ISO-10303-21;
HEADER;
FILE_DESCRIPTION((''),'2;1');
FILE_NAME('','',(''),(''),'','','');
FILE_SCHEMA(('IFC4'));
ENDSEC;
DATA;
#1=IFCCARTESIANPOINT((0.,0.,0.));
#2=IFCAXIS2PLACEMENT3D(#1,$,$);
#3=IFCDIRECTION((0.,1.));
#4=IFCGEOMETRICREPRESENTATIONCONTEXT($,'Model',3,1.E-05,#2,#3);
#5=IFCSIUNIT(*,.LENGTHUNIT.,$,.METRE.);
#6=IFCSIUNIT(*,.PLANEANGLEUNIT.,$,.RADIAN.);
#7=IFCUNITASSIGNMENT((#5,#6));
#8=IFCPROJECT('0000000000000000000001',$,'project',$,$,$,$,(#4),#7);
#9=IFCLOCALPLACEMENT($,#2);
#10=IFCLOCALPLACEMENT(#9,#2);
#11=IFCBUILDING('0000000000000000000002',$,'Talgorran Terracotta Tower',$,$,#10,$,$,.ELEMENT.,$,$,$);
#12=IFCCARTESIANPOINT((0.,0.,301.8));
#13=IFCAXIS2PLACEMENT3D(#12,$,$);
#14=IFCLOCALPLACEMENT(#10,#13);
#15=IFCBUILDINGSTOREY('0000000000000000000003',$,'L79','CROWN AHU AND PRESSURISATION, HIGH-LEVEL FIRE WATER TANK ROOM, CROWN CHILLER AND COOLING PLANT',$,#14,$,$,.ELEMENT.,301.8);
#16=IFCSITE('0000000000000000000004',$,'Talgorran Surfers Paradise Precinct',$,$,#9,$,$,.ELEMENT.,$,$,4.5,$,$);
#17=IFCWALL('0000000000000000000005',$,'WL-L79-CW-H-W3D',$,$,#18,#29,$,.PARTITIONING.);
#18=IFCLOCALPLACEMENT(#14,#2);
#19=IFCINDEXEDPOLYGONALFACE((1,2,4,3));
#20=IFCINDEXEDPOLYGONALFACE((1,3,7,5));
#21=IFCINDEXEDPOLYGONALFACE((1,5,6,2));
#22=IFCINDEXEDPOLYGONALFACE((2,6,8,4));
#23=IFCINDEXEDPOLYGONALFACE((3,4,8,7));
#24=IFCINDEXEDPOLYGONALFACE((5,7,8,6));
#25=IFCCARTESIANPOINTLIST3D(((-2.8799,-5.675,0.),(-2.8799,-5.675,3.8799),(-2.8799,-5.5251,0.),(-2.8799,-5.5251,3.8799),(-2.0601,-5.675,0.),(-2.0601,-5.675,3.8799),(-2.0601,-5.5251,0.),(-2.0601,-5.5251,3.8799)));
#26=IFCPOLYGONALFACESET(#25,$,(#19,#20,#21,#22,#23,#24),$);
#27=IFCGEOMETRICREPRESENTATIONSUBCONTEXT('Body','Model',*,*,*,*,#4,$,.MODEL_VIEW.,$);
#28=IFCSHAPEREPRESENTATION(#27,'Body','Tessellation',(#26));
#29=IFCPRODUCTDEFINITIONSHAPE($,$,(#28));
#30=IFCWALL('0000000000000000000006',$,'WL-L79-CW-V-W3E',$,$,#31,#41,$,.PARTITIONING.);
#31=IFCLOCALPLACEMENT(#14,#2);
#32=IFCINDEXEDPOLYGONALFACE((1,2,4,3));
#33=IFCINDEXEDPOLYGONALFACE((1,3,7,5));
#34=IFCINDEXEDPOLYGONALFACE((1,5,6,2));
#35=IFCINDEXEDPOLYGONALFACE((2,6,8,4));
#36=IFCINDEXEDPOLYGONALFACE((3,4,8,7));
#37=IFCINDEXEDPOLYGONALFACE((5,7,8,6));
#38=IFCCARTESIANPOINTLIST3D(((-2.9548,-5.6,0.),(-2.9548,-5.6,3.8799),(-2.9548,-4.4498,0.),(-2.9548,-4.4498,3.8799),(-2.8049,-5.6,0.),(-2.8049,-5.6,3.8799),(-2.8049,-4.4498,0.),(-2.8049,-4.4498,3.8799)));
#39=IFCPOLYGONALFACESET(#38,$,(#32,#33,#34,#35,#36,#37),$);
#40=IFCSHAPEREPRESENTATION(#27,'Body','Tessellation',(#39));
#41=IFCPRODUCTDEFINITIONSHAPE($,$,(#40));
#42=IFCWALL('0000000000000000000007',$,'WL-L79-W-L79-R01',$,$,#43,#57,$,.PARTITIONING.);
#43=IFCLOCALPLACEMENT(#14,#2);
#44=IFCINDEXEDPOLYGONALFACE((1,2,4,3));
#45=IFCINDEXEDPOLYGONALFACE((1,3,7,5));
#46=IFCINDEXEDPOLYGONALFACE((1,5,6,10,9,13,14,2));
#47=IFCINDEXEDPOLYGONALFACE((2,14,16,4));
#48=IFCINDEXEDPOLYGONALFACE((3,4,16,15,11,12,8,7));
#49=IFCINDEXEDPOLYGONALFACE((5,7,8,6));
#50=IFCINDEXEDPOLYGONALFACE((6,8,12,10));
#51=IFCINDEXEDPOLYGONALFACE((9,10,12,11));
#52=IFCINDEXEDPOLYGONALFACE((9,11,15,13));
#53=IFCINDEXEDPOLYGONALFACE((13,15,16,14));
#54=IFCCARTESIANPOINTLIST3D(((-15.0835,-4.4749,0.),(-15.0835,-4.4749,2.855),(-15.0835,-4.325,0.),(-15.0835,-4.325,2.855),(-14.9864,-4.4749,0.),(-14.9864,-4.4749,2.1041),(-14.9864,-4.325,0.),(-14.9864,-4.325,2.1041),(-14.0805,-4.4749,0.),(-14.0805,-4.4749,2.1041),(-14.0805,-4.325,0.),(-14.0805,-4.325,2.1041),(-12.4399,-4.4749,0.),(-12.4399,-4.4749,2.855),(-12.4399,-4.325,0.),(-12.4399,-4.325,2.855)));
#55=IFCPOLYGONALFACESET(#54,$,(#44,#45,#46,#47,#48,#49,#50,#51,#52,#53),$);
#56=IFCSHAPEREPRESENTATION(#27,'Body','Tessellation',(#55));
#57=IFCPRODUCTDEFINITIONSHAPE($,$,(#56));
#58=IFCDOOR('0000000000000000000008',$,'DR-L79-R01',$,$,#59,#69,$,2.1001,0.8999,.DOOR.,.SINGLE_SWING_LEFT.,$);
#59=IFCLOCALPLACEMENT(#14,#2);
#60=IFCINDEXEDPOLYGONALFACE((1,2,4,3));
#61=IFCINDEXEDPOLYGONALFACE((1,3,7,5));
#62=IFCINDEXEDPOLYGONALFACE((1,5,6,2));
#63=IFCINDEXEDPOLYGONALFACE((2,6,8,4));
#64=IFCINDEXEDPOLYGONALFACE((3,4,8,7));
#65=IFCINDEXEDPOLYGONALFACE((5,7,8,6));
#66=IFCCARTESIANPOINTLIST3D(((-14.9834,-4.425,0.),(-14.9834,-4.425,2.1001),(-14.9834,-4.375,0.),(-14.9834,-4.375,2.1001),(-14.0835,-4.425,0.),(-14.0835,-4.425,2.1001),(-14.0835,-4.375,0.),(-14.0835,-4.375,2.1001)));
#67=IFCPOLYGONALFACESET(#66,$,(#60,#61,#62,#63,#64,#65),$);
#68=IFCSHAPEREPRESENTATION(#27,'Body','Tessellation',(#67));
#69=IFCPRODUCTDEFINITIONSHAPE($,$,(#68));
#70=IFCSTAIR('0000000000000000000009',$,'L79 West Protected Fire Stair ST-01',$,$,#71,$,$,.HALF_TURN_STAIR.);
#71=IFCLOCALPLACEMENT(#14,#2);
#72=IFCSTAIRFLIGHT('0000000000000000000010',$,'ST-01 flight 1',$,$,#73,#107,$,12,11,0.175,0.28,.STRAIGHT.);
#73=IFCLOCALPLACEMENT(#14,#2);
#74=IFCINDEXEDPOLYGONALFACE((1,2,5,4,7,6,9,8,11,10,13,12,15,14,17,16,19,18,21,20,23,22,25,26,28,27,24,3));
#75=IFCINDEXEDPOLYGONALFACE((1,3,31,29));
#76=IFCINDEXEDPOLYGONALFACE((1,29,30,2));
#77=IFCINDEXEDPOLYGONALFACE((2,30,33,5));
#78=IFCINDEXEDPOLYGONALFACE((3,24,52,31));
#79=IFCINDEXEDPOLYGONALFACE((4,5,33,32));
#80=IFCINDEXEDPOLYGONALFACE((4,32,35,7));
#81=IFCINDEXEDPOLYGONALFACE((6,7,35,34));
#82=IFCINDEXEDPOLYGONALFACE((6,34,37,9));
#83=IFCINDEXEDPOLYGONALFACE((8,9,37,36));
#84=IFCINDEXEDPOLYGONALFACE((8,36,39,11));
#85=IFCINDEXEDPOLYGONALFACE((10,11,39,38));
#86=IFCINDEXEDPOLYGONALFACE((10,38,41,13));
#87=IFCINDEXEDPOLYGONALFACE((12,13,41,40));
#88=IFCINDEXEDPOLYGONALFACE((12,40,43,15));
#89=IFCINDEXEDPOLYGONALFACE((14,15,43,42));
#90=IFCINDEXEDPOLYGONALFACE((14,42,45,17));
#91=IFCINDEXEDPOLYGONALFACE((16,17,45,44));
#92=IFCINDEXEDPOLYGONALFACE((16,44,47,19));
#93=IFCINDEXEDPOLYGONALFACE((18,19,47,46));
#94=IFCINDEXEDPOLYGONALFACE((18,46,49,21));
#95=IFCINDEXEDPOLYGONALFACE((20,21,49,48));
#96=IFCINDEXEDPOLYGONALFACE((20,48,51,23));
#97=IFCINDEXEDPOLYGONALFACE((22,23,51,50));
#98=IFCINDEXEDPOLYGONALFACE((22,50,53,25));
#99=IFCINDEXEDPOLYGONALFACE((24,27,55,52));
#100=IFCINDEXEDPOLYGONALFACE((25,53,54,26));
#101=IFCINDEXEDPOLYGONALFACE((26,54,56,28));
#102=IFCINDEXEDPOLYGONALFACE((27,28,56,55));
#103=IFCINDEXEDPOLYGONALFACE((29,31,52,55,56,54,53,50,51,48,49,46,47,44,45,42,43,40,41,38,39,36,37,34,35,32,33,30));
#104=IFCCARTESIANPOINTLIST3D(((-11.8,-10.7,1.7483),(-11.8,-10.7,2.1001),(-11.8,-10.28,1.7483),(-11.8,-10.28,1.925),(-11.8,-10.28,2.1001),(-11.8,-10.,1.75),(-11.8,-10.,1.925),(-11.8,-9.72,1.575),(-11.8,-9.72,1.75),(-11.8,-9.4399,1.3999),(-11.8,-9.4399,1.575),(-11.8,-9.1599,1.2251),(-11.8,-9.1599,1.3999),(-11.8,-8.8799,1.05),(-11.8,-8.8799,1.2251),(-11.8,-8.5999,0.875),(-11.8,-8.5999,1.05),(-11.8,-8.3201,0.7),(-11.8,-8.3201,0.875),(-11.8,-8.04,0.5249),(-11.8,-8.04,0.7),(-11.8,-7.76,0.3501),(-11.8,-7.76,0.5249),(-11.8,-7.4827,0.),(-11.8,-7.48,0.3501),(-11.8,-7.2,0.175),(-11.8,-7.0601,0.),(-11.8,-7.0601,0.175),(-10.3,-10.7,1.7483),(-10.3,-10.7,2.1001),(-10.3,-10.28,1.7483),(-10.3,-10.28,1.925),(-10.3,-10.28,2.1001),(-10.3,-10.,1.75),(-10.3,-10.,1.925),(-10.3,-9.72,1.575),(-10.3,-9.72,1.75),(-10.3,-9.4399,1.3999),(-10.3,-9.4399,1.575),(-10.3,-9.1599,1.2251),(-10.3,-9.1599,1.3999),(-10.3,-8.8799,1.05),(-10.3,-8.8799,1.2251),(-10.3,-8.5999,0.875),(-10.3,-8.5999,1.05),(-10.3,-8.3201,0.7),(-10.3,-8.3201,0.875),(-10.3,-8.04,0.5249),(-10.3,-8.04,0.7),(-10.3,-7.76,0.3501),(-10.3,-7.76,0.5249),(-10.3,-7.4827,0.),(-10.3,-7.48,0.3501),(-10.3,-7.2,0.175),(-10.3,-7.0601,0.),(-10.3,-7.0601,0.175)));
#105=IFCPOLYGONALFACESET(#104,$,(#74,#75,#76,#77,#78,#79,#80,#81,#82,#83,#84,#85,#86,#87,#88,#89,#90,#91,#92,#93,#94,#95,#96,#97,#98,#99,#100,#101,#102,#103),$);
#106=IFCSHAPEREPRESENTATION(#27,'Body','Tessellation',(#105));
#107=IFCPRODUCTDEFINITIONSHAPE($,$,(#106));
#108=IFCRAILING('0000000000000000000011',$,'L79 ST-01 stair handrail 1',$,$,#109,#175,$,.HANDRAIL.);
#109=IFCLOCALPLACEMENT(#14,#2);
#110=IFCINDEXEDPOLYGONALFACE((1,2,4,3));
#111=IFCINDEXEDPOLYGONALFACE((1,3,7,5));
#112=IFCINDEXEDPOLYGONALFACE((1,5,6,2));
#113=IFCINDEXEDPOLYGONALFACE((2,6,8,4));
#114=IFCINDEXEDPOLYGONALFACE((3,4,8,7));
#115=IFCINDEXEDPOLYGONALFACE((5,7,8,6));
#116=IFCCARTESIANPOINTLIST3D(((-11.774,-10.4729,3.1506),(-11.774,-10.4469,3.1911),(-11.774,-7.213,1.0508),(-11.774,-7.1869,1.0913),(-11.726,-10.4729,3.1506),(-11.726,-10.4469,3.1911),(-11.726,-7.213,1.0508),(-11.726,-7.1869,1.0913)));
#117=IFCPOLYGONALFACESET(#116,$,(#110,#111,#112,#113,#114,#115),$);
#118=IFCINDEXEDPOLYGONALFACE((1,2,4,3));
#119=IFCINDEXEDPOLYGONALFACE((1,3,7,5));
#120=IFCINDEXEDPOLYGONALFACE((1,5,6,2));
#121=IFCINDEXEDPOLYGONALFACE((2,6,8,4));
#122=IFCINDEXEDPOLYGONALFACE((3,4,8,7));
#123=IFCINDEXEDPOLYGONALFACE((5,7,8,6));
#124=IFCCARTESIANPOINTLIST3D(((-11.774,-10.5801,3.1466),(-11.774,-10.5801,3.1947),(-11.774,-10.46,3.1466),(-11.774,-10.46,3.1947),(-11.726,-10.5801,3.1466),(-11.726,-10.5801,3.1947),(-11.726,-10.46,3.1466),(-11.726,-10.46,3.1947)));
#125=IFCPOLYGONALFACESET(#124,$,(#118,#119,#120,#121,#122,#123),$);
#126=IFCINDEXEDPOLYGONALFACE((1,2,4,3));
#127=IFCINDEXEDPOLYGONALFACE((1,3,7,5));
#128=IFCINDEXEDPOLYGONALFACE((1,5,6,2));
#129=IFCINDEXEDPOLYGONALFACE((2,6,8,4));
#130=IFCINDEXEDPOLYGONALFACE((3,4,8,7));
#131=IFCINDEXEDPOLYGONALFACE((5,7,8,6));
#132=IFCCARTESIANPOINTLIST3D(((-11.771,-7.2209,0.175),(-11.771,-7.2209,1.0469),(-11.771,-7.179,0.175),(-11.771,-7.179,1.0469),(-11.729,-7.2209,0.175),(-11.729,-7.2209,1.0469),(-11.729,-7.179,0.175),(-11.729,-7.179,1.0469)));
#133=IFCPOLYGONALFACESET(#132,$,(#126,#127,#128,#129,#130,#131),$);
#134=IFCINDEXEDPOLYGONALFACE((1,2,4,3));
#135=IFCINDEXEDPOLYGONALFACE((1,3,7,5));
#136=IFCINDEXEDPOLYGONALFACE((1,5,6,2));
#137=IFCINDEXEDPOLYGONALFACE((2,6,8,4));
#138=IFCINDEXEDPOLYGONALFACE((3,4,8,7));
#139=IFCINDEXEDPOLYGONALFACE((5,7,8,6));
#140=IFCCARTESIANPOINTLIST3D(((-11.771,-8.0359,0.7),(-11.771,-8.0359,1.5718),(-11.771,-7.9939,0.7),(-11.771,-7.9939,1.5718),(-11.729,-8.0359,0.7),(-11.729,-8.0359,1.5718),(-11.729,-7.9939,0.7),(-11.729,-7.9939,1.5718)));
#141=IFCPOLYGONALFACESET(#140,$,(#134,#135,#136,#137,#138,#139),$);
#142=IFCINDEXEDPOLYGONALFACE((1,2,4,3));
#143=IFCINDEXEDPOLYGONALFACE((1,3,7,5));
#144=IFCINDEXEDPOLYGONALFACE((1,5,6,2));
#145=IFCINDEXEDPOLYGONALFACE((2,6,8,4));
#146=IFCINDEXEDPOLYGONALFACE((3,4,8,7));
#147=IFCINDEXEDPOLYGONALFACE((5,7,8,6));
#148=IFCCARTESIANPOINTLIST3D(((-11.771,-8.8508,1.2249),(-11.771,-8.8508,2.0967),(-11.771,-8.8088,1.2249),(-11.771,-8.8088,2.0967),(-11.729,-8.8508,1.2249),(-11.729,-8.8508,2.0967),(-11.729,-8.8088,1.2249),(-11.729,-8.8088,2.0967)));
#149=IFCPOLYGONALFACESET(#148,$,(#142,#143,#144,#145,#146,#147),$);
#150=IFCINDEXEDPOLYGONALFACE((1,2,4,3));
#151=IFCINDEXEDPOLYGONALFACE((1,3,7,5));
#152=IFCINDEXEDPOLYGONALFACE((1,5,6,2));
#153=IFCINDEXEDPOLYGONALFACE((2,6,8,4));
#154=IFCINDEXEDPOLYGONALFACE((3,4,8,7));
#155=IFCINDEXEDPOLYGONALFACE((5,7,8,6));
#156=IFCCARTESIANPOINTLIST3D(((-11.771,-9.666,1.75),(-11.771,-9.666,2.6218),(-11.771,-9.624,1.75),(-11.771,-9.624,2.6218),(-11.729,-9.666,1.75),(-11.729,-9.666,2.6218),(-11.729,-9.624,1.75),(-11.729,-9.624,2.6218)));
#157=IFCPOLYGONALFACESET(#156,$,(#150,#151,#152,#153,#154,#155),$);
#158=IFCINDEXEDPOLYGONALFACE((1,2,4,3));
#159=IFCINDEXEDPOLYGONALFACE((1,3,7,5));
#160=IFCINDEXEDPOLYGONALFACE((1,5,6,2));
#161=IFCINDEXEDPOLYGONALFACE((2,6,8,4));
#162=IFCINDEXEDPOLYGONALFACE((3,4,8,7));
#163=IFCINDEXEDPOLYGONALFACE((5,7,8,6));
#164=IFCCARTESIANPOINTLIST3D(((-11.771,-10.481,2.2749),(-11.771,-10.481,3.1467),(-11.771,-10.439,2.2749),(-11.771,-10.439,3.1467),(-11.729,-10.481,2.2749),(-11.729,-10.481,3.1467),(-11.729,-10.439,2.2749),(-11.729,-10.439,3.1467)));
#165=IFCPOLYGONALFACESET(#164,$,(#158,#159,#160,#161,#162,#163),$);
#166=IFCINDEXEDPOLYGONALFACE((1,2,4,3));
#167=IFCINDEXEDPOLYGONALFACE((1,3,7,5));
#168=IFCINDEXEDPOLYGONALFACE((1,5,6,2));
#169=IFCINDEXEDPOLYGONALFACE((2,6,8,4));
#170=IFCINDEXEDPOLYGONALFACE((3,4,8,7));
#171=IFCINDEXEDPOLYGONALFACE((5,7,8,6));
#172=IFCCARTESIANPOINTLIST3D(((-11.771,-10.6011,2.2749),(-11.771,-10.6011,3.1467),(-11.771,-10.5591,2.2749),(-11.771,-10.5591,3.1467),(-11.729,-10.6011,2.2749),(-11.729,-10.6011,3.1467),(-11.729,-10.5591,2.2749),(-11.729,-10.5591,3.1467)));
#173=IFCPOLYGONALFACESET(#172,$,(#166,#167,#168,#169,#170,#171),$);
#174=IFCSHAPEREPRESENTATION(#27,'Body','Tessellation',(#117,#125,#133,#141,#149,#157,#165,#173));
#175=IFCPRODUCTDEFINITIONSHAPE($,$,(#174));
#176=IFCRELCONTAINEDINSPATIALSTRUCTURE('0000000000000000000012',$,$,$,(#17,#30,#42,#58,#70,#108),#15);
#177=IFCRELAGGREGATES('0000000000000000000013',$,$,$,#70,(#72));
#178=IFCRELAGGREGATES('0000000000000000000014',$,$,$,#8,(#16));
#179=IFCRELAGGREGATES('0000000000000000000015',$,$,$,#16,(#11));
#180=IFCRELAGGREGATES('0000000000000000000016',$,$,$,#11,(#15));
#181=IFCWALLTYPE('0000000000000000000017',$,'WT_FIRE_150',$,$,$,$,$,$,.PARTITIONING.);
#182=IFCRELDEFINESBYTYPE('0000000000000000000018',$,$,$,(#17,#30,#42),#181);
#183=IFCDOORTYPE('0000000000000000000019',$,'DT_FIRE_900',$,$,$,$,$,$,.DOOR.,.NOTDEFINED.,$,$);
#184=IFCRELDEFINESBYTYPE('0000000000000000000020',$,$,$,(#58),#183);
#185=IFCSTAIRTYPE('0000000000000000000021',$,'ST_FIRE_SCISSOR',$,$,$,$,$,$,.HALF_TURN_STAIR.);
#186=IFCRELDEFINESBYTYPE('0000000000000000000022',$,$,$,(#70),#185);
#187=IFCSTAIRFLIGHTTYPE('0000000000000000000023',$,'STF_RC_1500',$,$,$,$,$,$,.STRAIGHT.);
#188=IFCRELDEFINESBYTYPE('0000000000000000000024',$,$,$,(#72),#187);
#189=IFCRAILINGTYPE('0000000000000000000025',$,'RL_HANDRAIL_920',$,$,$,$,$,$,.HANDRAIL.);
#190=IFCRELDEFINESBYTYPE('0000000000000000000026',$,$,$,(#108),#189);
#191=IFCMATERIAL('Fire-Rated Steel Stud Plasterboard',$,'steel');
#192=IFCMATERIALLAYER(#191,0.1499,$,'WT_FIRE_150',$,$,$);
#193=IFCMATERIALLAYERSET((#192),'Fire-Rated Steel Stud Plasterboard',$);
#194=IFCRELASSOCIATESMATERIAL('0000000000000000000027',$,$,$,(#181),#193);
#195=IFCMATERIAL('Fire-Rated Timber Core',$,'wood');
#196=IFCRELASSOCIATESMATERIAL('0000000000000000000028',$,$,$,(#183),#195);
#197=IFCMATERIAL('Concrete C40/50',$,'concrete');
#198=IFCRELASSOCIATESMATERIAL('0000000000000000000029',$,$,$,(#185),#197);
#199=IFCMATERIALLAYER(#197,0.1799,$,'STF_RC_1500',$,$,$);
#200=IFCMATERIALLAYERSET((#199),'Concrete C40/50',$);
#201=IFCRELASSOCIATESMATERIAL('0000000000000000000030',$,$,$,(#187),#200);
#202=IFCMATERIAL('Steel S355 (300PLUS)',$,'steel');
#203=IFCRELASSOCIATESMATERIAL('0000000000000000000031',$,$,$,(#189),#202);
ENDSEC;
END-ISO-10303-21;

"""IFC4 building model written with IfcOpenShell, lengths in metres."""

from ifc_helpers import new_model, si_unit, direction, frame, frame_2d, origin, origin_2d, place, context, subcontext, project, spatial, polyline, rectangle, outline, extrude, material, layer, layer_set, type_object, element, fill, aggregate, save


model = new_model("IFC4")

# Units and contexts
model_context = context("Model", 3, precision=1e-05, world=origin(), true_north=direction((0.0, 1.0)))
body_context = subcontext(model_context, "Body", "Model", "MODEL_VIEW")
ifc_project = project(units=[si_unit("LENGTHUNIT", "METRE"), si_unit("PLANEANGLEUNIT", "RADIAN")], contexts=[model_context])

# Site, building, storey
site_placement = place(None, origin())
site = spatial("IfcSite", under=ifc_project, at=site_placement, Name="Talgorran Surfers Paradise Precinct", CompositionType="ELEMENT", RefElevation=4.5)
building_placement = place(site_placement, origin())
building = spatial("IfcBuilding", under=site, at=building_placement, Name="Talgorran Terracotta Tower", CompositionType="ELEMENT")
storey_placement = place(building_placement, frame((0.0, 0.0, 301.8)))
storey = spatial("IfcBuildingStorey", under=building, at=storey_placement, Name="L79", Description="CROWN AHU AND PRESSURISATION, HIGH-LEVEL FIRE WATER TANK ROOM, CROWN CHILLER AND COOLING PLANT", CompositionType="ELEMENT", Elevation=301.8)

# Shared definitions
ifc_material_1 = material(Name="Steel S355 (300PLUS)", Category="steel")

# Shared definitions
ifc_material_2 = material(Name="Fire-Rated Steel Stud Plasterboard", Category="steel")
ifc_layer_1 = layer(ifc_material_2, 0.1499, Name="WT_FIRE_150")
ifc_layer_set_1 = layer_set([ifc_layer_1], Name="Fire-Rated Steel Stud Plasterboard")
wall_type_1 = type_object("IfcWallType", Name="WT_FIRE_150", PredefinedType="PARTITIONING", material=ifc_layer_set_1)

# Walls
wall_1_placement = place(storey_placement, frame((-2.8799, -5.6001, 0.0), z_axis=(0.0, 0.0, 1.0), x_axis=(1.0, 0.0, 0.0)))
element("IfcWall", 1, at=wall_1_placement, inside=storey, type_object=wall_type_1, Name="WL-L79-CW-H-W3D", PredefinedType="PARTITIONING", context=body_context, shape_type="SweptSolid", body=[
    extrude(rectangle(XDim=0.8198, YDim=0.1499, at=frame_2d((0.4099, 0.0))), origin(), (0.0, 0.0, 1.0), 3.8799),
])
wall_2_placement = place(storey_placement, frame((-2.8799, -5.6001, 0.0), z_axis=(0.0, 0.0, 1.0), x_axis=(0.0, 1.0, 0.0)))
element("IfcWall", 2, at=wall_2_placement, inside=storey, type_object=wall_type_1, Name="WL-L79-CW-V-W3E", PredefinedType="PARTITIONING", context=body_context, shape_type="SweptSolid", body=[
    extrude(rectangle(XDim=1.1501, YDim=0.1499, at=frame_2d((0.5752, 0.0))), origin(), (0.0, 0.0, 1.0), 3.8799),
])

# Wall, opening, door
wall_3_placement = place(storey_placement, frame((-15.0835, -4.3999, 0.0), z_axis=(0.0, 0.0, 1.0), x_axis=(1.0, 0.0, 0.0)))
wall_3 = element("IfcWall", 3, at=wall_3_placement, inside=storey, type_object=wall_type_1, Name="WL-L79-W-L79-R01", PredefinedType="PARTITIONING", context=body_context, shape_type="SweptSolid", body=[
    extrude(rectangle(XDim=2.6436, YDim=0.1499, at=frame_2d((1.3218, 0.0))), origin(), (0.0, 0.0, 1.0), 2.855),
])
opening_1_placement = place(wall_3_placement, frame((0.1001, 0.0, 0.0)))
opening_1 = element("IfcOpeningElement", 4, at=opening_1_placement, cuts=wall_3, PredefinedType="OPENING", context=body_context, shape_type="SweptSolid", body=[
    extrude(rectangle(XDim=0.9059, YDim=2.1041, at=frame_2d((0.45, 1.052))), frame((0.0, 0.085, 0.0), z_axis=(0.0, -1.0, 0.0), x_axis=(1.0, 0.0, 0.0)), (0.0, 0.0, 1.0), 0.1699),
])
ifc_material_3 = material(Name="Fire-Rated Timber Core", Category="wood")
door_type_1 = type_object("IfcDoorType", Name="DT_FIRE_900", OperationType="NOTDEFINED", PredefinedType="DOOR", material=ifc_material_3)
door_1_placement = place(opening_1_placement, origin())
door_1 = element("IfcDoor", 5, at=door_1_placement, inside=storey, type_object=door_type_1, Name="DR-L79-R01", OperationType="SINGLE_SWING_LEFT", OverallHeight=2.1001, OverallWidth=0.8999, PredefinedType="DOOR", context=body_context, shape_type="SweptSolid", body=[
    extrude(rectangle(XDim=0.8999, YDim=2.1001, at=frame_2d((0.45, 1.05))), frame((0.0, 0.0249, 0.0), z_axis=(0.0, -1.0, 0.0), x_axis=(1.0, 0.0, 0.0)), (0.0, 0.0, 1.0), 0.05),
])
fill(opening_1, door_1)

# Stair, stair flight
ifc_material_4 = material(Name="Concrete C40/50", Category="concrete")
stair_type = type_object("IfcStairType", Name="ST_FIRE_SCISSOR", PredefinedType="HALF_TURN_STAIR", material=ifc_material_4)
stair_placement = place(storey_placement, origin())
stair = element("IfcStair", 6, at=stair_placement, inside=storey, type_object=stair_type, Name="L79 West Protected Fire Stair ST-01", PredefinedType="HALF_TURN_STAIR")
ifc_layer_2 = layer(ifc_material_4, 0.1799, Name="STF_RC_1500")
ifc_layer_set_2 = layer_set([ifc_layer_2], Name="Concrete C40/50")
stair_flight_type = type_object("IfcStairFlightType", Name="STF_RC_1500", PredefinedType="STRAIGHT", material=ifc_layer_set_2)
stair_flight_placement = place(storey_placement, frame((-11.05, -7.2, 0.0), z_axis=(0.0, 0.0, 1.0), x_axis=(0.0, -1.0, 0.0)))
stair_flight = element("IfcStairFlight", 7, at=stair_flight_placement, type_object=stair_flight_type, Name="ST-01 flight 1", NumberOfRisers=12, NumberOfTreads=11, PredefinedType="STRAIGHT", RiserHeight=0.175, TreadLength=0.28, context=body_context, shape_type="SweptSolid", body=[
    extrude(outline(polyline([(-0.1399, 0.0), (-0.1399, 0.175), (0.0, 0.175), (0.28, 0.3501), (0.5601, 0.3501), (0.5601, 0.5249), (0.8401, 0.5249), (0.8401, 0.7), (1.1201, 0.7), (1.1201, 0.875), (1.3999, 0.875), (1.3999, 1.05), (1.6799, 1.05), (1.6799, 1.2251), (1.96, 1.2251), (1.96, 1.3999), (2.24, 1.3999), (2.24, 1.575), (2.52, 1.575), (2.52, 1.75), (2.8, 1.75), (2.8, 1.925), (3.0801, 1.925), (3.0801, 2.1001), (3.5, 2.1001), (3.5, 1.7483), (3.0801, 1.7483), (0.2827, 0.0), (-0.1399, 0.0)])), frame((0.0, 0.75, 0.0), z_axis=(0.0, -1.0, 0.0), x_axis=(1.0, 0.0, 0.0)), (0.0, 0.0, 1.0), 1.5),
])
aggregate(stair, [stair_flight])

# Railing
railing_type_1 = type_object("IfcRailingType", Name="RL_HANDRAIL_920", PredefinedType="HANDRAIL", material=ifc_material_1)
railing_1_placement = place(storey_placement, frame((-11.75, -7.2, 0.175)))
element("IfcRailing", 8, at=railing_1_placement, inside=storey, type_object=railing_type_1, Name="L79 ST-01 stair handrail 1", PredefinedType="HANDRAIL", context=body_context, shape_type="SweptSolid", body=[
    extrude(rectangle(XDim=0.0481, YDim=0.0481, at=origin_2d()), frame((0.0, 0.0, 0.896), z_axis=(0.0, -0.840693, 0.541512), x_axis=(1.0, 0.0, 0.0)), (0.0, 0.0, 1.0), 3.8777),
    extrude(rectangle(XDim=0.0481, YDim=0.0481, at=origin_2d()), frame((0.0, -3.26, 2.9956), z_axis=(0.0, -1.0, 0.0), x_axis=(1.0, 0.0, 0.0)), (0.0, 0.0, 1.0), 0.1201),
    extrude(rectangle(XDim=0.042, YDim=0.042, at=origin_2d()), origin(), (0.0, 0.0, 1.0), 0.8718),
    extrude(rectangle(XDim=0.042, YDim=0.042, at=origin_2d()), frame((0.0, -0.8149, 0.5249)), (0.0, 0.0, 1.0), 0.8718),
    extrude(rectangle(XDim=0.042, YDim=0.042, at=origin_2d()), frame((0.0, -1.6299, 1.0498)), (0.0, 0.0, 1.0), 0.8718),
    extrude(rectangle(XDim=0.042, YDim=0.042, at=origin_2d()), frame((0.0, -2.4451, 1.575)), (0.0, 0.0, 1.0), 0.8718),
    extrude(rectangle(XDim=0.042, YDim=0.042, at=origin_2d()), frame((0.0, -3.26, 2.0999)), (0.0, 0.0, 1.0), 0.8718),
    extrude(rectangle(XDim=0.042, YDim=0.042, at=origin_2d()), frame((0.0, -3.3801, 2.0999)), (0.0, 0.0, 1.0), 0.8718),
])

save(model, "model.ifc")
